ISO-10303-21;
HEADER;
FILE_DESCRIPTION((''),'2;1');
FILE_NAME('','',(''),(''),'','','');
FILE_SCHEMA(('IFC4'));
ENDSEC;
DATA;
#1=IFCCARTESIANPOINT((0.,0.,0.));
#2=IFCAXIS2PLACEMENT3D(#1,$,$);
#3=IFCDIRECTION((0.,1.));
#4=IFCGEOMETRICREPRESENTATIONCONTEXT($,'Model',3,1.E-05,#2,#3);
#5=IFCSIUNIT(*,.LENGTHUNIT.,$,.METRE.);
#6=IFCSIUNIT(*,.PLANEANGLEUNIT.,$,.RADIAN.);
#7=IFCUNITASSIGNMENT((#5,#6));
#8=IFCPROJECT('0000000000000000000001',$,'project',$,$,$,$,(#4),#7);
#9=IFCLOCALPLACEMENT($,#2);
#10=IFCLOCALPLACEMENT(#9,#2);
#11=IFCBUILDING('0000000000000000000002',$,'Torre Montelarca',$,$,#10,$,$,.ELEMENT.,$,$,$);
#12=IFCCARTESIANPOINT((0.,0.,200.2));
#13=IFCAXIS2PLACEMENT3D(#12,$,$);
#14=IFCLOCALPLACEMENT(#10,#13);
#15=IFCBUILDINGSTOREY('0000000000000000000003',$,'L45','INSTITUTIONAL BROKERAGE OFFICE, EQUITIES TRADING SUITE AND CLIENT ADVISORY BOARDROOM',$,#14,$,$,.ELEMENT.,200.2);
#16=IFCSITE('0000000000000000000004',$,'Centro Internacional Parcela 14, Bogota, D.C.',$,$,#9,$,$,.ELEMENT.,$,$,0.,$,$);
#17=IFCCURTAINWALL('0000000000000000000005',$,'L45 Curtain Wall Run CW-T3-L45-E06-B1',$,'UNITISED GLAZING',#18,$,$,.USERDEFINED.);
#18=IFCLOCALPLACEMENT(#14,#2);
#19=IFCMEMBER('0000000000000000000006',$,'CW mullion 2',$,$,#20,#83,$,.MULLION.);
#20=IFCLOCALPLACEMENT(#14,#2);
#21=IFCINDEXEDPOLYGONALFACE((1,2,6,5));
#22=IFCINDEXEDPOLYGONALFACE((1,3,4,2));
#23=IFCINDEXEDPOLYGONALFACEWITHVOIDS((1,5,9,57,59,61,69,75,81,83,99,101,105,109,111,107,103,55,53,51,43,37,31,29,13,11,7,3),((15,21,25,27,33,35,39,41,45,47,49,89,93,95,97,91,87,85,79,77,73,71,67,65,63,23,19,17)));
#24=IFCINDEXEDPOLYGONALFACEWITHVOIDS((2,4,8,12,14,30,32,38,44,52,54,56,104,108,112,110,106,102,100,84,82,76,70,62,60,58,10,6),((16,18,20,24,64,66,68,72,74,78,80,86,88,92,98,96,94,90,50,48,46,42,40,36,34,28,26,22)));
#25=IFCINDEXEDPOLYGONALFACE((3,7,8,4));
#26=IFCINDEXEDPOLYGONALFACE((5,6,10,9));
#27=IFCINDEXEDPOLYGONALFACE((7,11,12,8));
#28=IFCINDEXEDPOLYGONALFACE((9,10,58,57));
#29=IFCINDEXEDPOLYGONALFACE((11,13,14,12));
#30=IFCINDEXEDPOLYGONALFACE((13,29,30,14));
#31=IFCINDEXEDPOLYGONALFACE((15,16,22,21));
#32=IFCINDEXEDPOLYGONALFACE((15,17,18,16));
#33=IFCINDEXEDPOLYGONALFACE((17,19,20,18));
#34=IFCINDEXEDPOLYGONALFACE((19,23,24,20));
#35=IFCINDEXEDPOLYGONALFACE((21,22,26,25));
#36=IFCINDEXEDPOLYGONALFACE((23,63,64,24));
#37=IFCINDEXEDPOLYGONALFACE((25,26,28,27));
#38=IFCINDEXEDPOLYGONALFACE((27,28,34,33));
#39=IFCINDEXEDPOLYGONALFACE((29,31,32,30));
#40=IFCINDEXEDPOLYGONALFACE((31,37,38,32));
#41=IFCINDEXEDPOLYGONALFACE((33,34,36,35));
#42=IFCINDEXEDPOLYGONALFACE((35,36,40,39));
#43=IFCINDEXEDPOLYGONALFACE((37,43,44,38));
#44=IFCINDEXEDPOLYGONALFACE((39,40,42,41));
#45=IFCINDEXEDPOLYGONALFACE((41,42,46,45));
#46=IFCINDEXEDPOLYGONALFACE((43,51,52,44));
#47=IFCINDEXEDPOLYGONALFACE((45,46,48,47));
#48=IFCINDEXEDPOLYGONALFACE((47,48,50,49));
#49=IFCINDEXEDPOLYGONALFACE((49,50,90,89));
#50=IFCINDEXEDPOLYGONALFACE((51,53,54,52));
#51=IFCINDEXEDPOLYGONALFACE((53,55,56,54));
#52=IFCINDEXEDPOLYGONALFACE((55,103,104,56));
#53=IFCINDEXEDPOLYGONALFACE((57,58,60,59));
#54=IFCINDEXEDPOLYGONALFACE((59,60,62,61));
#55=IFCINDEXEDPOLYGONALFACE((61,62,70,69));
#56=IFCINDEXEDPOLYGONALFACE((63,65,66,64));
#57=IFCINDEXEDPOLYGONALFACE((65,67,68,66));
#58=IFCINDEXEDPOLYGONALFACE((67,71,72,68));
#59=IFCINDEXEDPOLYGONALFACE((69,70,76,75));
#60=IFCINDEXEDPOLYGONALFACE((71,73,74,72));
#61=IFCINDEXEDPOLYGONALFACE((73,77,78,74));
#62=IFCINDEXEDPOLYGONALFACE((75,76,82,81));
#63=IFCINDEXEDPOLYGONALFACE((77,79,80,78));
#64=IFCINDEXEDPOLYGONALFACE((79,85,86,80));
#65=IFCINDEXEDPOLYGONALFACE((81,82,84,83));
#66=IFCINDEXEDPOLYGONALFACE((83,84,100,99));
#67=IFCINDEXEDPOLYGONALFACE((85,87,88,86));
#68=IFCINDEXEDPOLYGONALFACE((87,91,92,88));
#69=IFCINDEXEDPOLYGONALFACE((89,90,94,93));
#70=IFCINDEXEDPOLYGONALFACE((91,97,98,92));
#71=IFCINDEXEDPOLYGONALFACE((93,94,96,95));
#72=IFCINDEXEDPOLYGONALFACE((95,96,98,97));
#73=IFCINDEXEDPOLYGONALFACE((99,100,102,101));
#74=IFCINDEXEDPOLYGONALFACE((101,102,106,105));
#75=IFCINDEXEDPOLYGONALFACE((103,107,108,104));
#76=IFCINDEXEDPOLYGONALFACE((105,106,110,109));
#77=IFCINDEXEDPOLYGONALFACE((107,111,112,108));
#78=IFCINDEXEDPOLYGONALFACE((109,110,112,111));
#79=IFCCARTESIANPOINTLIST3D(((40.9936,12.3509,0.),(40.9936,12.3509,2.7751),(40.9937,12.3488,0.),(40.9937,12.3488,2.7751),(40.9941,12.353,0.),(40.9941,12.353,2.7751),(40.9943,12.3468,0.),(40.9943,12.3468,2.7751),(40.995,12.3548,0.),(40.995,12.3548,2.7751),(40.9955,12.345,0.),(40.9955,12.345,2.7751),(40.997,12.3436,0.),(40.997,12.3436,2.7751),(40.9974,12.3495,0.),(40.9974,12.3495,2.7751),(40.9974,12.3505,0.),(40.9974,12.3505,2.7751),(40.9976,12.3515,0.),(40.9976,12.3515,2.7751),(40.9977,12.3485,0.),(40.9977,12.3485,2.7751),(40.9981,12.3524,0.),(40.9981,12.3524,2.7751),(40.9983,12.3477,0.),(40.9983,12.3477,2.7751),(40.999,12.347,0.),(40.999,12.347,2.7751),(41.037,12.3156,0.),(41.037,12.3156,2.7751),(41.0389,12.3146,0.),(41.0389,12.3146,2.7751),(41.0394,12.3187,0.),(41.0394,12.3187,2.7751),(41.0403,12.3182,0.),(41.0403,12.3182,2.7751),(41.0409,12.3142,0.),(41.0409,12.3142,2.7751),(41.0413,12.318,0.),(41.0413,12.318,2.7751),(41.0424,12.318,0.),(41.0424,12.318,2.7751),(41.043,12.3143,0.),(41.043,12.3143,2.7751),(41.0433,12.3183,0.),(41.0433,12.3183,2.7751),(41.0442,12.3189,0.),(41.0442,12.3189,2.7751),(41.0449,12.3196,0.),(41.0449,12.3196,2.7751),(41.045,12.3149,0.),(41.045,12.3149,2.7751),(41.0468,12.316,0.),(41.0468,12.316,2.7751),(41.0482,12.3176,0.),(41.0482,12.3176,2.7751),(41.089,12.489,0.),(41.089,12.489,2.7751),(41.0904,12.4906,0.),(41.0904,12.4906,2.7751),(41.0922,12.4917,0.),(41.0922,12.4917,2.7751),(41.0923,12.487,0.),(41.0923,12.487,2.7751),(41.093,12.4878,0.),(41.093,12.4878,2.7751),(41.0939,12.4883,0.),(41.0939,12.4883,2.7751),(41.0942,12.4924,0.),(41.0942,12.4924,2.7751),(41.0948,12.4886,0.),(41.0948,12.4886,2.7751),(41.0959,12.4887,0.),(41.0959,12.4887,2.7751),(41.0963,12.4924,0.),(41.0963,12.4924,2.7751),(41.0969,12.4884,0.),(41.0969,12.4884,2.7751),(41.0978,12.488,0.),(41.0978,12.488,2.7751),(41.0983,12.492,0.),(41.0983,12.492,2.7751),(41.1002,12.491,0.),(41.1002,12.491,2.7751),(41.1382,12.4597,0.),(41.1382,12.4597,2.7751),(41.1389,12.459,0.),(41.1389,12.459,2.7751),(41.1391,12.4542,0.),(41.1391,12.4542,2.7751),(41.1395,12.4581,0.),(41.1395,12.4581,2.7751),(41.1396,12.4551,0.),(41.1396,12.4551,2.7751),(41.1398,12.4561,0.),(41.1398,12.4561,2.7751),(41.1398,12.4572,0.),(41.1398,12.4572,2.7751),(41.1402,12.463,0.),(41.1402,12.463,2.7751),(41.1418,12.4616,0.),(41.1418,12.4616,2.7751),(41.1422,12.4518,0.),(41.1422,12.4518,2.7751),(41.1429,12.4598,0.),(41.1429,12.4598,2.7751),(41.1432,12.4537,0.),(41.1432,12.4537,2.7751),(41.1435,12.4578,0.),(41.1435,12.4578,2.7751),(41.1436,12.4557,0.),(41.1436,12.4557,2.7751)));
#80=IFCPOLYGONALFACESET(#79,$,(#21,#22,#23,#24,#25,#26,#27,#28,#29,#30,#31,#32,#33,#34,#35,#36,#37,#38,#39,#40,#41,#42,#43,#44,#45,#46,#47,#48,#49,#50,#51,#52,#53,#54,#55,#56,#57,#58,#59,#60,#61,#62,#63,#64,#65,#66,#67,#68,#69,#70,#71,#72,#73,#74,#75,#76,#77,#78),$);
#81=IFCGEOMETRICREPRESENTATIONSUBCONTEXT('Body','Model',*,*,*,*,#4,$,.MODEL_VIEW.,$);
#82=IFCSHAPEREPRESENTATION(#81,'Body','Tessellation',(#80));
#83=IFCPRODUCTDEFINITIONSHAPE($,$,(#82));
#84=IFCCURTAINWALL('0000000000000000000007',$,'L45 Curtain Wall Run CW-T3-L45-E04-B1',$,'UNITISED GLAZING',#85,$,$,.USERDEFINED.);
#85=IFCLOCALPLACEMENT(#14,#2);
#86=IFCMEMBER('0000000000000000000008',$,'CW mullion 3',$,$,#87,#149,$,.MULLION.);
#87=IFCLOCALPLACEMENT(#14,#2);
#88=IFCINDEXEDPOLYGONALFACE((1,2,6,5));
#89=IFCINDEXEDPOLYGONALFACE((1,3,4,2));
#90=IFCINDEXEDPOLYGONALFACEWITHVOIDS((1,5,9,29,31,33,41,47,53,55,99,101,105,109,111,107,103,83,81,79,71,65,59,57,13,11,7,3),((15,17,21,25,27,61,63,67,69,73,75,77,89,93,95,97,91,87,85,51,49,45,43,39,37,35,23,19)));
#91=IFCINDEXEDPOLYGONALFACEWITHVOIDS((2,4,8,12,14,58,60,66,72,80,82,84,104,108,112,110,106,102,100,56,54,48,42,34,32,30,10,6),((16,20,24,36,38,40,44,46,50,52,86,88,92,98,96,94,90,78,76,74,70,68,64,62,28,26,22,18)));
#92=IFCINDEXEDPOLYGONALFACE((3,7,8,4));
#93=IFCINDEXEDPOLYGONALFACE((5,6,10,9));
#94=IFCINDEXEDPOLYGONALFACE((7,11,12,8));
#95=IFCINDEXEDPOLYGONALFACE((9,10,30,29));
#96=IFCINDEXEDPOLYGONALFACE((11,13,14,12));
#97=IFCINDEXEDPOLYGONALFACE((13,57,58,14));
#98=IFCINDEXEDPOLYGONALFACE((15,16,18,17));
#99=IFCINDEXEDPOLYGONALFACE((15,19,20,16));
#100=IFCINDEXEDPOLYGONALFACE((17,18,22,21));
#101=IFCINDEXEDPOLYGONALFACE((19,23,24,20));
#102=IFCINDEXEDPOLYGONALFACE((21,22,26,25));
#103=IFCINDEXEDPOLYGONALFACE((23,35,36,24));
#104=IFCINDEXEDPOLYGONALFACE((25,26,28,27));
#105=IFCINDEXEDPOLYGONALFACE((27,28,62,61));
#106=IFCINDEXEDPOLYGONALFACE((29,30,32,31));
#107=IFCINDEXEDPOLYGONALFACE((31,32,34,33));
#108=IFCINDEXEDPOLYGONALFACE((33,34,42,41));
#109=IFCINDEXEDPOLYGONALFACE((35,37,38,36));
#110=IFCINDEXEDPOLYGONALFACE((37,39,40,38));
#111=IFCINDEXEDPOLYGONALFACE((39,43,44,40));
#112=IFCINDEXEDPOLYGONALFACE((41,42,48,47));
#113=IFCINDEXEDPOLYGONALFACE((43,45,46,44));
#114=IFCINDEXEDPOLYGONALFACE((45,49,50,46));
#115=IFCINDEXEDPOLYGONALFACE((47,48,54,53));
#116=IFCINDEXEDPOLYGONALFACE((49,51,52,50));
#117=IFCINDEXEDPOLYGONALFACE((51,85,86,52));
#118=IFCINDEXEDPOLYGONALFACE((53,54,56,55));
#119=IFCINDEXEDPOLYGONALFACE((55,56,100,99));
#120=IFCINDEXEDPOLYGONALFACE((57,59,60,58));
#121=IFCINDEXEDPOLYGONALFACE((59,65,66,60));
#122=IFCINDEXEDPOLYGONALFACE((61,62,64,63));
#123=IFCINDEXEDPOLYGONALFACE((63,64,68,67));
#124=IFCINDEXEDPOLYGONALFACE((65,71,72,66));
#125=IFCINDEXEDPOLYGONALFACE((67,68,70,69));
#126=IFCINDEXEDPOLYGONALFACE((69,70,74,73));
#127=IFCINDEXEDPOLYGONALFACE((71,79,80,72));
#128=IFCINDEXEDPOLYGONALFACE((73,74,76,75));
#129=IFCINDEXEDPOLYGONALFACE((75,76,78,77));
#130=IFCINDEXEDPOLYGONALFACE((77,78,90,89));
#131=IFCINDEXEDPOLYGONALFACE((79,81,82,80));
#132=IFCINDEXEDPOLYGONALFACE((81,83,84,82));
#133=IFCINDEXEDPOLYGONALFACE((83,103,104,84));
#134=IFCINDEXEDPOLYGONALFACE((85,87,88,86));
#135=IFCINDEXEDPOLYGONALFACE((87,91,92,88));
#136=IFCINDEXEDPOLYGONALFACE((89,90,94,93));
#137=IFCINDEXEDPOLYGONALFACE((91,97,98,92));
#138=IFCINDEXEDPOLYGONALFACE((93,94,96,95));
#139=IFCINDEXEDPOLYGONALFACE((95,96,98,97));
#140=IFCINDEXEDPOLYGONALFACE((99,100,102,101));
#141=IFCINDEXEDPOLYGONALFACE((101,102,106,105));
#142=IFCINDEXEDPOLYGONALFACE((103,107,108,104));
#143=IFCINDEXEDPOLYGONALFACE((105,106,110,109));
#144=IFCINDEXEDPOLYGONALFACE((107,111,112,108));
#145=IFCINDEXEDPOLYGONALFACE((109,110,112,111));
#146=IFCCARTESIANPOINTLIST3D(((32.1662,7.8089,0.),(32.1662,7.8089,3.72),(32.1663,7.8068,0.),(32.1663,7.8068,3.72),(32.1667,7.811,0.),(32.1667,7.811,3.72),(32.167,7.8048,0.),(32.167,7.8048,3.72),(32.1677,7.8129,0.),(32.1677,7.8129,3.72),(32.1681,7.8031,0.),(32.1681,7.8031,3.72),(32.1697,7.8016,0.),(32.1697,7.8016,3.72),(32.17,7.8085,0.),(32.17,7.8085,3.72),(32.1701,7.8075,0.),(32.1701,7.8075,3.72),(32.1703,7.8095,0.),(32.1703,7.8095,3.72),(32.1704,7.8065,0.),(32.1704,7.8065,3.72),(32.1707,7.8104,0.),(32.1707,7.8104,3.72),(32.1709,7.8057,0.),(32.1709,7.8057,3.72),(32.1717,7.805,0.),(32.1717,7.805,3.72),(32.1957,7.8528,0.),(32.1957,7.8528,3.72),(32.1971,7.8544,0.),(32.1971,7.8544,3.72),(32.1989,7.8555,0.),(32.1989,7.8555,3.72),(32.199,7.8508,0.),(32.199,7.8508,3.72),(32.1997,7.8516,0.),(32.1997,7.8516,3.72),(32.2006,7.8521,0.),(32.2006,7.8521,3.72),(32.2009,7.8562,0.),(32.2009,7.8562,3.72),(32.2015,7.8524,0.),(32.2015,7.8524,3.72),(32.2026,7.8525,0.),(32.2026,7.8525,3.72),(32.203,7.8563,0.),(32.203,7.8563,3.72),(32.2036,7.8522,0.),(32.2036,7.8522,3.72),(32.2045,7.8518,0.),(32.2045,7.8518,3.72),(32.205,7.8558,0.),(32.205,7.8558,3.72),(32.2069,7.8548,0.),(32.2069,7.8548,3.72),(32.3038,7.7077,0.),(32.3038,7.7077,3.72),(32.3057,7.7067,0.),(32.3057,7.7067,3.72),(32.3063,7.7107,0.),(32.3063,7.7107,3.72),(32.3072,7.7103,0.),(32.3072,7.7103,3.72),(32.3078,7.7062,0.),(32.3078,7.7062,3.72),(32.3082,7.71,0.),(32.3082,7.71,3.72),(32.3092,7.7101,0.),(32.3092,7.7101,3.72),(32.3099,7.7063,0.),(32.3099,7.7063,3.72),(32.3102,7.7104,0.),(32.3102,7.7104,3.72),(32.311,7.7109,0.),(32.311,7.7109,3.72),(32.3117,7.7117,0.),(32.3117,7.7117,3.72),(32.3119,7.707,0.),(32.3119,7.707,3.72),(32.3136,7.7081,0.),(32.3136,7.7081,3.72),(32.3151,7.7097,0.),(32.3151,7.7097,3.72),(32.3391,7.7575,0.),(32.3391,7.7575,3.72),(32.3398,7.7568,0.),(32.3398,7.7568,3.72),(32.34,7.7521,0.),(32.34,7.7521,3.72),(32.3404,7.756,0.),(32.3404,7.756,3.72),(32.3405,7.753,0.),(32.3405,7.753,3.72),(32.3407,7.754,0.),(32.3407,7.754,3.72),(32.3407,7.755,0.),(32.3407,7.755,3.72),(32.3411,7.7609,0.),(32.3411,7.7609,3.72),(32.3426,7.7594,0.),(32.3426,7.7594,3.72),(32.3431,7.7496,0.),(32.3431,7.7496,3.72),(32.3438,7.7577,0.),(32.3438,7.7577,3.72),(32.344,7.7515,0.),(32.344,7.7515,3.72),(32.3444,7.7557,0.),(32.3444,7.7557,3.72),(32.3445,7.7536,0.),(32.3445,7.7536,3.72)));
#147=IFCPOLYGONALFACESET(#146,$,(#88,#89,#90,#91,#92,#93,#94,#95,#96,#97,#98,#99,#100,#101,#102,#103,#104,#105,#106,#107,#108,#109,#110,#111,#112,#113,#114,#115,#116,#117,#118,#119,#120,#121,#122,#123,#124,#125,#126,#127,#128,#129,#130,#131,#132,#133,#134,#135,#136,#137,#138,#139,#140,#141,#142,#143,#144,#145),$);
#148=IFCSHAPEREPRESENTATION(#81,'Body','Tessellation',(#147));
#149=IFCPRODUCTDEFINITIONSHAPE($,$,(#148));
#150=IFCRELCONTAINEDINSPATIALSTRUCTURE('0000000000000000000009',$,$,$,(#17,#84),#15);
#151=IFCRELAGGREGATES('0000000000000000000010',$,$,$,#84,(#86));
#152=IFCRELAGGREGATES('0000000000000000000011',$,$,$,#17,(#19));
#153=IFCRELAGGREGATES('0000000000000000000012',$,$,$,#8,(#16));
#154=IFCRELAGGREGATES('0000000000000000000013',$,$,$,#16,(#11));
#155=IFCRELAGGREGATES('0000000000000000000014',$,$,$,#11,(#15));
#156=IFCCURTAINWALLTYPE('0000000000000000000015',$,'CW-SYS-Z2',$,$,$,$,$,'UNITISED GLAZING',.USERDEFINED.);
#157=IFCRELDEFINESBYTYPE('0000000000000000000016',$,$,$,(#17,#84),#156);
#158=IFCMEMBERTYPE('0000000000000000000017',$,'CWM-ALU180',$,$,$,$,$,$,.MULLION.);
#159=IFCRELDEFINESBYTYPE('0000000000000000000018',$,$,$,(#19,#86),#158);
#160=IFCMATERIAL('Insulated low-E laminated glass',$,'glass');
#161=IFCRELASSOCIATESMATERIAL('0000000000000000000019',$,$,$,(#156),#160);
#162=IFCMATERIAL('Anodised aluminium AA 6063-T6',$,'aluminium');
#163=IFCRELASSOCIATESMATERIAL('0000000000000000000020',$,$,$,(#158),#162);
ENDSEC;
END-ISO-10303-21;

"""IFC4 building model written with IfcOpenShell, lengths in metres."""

from ifc_helpers import new_model, si_unit, direction, frame, origin, origin_2d, place, context, subcontext, project, spatial, hollow_rectangle, extrude, source, transform, mapped, material, material_profile, profile_set, type_object, element, aggregate, save


model = new_model("IFC4")

# Units and contexts
model_context = context("Model", 3, precision=1e-05, world=origin(), true_north=direction((0.0, 1.0)))
body_context = subcontext(model_context, "Body", "Model", "MODEL_VIEW")
ifc_project = project(units=[si_unit("LENGTHUNIT", "METRE"), si_unit("PLANEANGLEUNIT", "RADIAN")], contexts=[model_context])

# Site, building, storey
site_placement = place(None, origin())
site = spatial("IfcSite", under=ifc_project, at=site_placement, Name="Centro Internacional Parcela 14, Bogota, D.C.", CompositionType="ELEMENT", RefElevation=0.0)
building_placement = place(site_placement, origin())
building = spatial("IfcBuilding", under=site, at=building_placement, Name="Torre Montelarca", CompositionType="ELEMENT")
storey_placement = place(building_placement, frame((0.0, 0.0, 200.2)))
storey = spatial("IfcBuildingStorey", under=building, at=storey_placement, Name="L45", Description="INSTITUTIONAL BROKERAGE OFFICE, EQUITIES TRADING SUITE AND CLIENT ADVISORY BOARDROOM", CompositionType="ELEMENT", Elevation=200.2)

# Curtain walls, members
ifc_material_1 = material(Name="Insulated low-E laminated glass", Category="glass")
curtain_wall_type = type_object("IfcCurtainWallType", Name="CW-SYS-Z2", ElementType="UNITISED GLAZING", PredefinedType="USERDEFINED", material=ifc_material_1)
ifc_material_2 = material(Name="Anodised aluminium AA 6063-T6", Category="aluminium")
ifc_material_profile_1 = material_profile(ifc_material_2, hollow_rectangle(XDim=0.0649, YDim=0.1799, WallThickness=0.0039, InnerFilletRadius=0.0039, OuterFilletRadius=0.0081, at=origin_2d()), Name="ALU65X180X4", Category="aluminium")
ifc_profile_set_1 = profile_set([ifc_material_profile_1], Name="Anodised aluminium AA 6063-T6")
member_type_1 = type_object("IfcMemberType", Name="CWM-ALU180", PredefinedType="MULLION", material=ifc_profile_set_1)
shared_shape_1 = source(origin(), body_context, "Body", "SweptSolid", [
    extrude(hollow_rectangle(XDim=0.0649, YDim=0.1799, WallThickness=0.0039, InnerFilletRadius=0.0039, OuterFilletRadius=0.0081, at=origin_2d()), origin(), (0.0, 0.0, 1.0), 2.7751),
])
curtain_wall_1_placement = place(storey_placement, origin())
curtain_wall_1 = element("IfcCurtainWall", 1, at=curtain_wall_1_placement, inside=storey, type_object=curtain_wall_type, Name="L45 Curtain Wall Run CW-T3-L45-E06-B1", ObjectType="UNITISED GLAZING", PredefinedType="USERDEFINED")
member_1_placement = place(storey_placement, frame((41.0686, 12.4033, 0.0), z_axis=(0.0, 0.0, 1.0), x_axis=(-0.819166, 0.573556, 0.0)))
member_1 = element("IfcMember", 2, at=member_1_placement, type_object=member_type_1, Name="CW mullion 2", PredefinedType="MULLION", context=body_context, shape_type="MappedRepresentation", body=[
    mapped(shared_shape_1, transform((0.0, 0.0, 0.0), scale=1.0)),
])
curtain_wall_2_placement = place(storey_placement, origin())
curtain_wall_2 = element("IfcCurtainWall", 3, at=curtain_wall_2_placement, inside=storey, type_object=curtain_wall_type, Name="L45 Curtain Wall Run CW-T3-L45-E04-B1", ObjectType="UNITISED GLAZING", PredefinedType="USERDEFINED")
shared_shape_2 = source(origin(), body_context, "Body", "SweptSolid", [
    extrude(hollow_rectangle(XDim=0.0649, YDim=0.1799, WallThickness=0.0039, InnerFilletRadius=0.0039, OuterFilletRadius=0.0081, at=origin_2d()), origin(), (0.0, 0.0, 1.0), 3.72),
])
member_2_placement = place(storey_placement, frame((32.2554, 7.7812, 0.0), z_axis=(0.0, 0.0, 1.0), x_axis=(0.573558, 0.819165, 0.0)))
member_2 = element("IfcMember", 4, at=member_2_placement, type_object=member_type_1, Name="CW mullion 3", PredefinedType="MULLION", context=body_context, shape_type="MappedRepresentation", body=[
    mapped(shared_shape_2, transform((0.0, 0.0, 0.0), scale=1.0)),
])

aggregate(curtain_wall_2, [member_2])
aggregate(curtain_wall_1, [member_1])

save(model, "model.ifc")
